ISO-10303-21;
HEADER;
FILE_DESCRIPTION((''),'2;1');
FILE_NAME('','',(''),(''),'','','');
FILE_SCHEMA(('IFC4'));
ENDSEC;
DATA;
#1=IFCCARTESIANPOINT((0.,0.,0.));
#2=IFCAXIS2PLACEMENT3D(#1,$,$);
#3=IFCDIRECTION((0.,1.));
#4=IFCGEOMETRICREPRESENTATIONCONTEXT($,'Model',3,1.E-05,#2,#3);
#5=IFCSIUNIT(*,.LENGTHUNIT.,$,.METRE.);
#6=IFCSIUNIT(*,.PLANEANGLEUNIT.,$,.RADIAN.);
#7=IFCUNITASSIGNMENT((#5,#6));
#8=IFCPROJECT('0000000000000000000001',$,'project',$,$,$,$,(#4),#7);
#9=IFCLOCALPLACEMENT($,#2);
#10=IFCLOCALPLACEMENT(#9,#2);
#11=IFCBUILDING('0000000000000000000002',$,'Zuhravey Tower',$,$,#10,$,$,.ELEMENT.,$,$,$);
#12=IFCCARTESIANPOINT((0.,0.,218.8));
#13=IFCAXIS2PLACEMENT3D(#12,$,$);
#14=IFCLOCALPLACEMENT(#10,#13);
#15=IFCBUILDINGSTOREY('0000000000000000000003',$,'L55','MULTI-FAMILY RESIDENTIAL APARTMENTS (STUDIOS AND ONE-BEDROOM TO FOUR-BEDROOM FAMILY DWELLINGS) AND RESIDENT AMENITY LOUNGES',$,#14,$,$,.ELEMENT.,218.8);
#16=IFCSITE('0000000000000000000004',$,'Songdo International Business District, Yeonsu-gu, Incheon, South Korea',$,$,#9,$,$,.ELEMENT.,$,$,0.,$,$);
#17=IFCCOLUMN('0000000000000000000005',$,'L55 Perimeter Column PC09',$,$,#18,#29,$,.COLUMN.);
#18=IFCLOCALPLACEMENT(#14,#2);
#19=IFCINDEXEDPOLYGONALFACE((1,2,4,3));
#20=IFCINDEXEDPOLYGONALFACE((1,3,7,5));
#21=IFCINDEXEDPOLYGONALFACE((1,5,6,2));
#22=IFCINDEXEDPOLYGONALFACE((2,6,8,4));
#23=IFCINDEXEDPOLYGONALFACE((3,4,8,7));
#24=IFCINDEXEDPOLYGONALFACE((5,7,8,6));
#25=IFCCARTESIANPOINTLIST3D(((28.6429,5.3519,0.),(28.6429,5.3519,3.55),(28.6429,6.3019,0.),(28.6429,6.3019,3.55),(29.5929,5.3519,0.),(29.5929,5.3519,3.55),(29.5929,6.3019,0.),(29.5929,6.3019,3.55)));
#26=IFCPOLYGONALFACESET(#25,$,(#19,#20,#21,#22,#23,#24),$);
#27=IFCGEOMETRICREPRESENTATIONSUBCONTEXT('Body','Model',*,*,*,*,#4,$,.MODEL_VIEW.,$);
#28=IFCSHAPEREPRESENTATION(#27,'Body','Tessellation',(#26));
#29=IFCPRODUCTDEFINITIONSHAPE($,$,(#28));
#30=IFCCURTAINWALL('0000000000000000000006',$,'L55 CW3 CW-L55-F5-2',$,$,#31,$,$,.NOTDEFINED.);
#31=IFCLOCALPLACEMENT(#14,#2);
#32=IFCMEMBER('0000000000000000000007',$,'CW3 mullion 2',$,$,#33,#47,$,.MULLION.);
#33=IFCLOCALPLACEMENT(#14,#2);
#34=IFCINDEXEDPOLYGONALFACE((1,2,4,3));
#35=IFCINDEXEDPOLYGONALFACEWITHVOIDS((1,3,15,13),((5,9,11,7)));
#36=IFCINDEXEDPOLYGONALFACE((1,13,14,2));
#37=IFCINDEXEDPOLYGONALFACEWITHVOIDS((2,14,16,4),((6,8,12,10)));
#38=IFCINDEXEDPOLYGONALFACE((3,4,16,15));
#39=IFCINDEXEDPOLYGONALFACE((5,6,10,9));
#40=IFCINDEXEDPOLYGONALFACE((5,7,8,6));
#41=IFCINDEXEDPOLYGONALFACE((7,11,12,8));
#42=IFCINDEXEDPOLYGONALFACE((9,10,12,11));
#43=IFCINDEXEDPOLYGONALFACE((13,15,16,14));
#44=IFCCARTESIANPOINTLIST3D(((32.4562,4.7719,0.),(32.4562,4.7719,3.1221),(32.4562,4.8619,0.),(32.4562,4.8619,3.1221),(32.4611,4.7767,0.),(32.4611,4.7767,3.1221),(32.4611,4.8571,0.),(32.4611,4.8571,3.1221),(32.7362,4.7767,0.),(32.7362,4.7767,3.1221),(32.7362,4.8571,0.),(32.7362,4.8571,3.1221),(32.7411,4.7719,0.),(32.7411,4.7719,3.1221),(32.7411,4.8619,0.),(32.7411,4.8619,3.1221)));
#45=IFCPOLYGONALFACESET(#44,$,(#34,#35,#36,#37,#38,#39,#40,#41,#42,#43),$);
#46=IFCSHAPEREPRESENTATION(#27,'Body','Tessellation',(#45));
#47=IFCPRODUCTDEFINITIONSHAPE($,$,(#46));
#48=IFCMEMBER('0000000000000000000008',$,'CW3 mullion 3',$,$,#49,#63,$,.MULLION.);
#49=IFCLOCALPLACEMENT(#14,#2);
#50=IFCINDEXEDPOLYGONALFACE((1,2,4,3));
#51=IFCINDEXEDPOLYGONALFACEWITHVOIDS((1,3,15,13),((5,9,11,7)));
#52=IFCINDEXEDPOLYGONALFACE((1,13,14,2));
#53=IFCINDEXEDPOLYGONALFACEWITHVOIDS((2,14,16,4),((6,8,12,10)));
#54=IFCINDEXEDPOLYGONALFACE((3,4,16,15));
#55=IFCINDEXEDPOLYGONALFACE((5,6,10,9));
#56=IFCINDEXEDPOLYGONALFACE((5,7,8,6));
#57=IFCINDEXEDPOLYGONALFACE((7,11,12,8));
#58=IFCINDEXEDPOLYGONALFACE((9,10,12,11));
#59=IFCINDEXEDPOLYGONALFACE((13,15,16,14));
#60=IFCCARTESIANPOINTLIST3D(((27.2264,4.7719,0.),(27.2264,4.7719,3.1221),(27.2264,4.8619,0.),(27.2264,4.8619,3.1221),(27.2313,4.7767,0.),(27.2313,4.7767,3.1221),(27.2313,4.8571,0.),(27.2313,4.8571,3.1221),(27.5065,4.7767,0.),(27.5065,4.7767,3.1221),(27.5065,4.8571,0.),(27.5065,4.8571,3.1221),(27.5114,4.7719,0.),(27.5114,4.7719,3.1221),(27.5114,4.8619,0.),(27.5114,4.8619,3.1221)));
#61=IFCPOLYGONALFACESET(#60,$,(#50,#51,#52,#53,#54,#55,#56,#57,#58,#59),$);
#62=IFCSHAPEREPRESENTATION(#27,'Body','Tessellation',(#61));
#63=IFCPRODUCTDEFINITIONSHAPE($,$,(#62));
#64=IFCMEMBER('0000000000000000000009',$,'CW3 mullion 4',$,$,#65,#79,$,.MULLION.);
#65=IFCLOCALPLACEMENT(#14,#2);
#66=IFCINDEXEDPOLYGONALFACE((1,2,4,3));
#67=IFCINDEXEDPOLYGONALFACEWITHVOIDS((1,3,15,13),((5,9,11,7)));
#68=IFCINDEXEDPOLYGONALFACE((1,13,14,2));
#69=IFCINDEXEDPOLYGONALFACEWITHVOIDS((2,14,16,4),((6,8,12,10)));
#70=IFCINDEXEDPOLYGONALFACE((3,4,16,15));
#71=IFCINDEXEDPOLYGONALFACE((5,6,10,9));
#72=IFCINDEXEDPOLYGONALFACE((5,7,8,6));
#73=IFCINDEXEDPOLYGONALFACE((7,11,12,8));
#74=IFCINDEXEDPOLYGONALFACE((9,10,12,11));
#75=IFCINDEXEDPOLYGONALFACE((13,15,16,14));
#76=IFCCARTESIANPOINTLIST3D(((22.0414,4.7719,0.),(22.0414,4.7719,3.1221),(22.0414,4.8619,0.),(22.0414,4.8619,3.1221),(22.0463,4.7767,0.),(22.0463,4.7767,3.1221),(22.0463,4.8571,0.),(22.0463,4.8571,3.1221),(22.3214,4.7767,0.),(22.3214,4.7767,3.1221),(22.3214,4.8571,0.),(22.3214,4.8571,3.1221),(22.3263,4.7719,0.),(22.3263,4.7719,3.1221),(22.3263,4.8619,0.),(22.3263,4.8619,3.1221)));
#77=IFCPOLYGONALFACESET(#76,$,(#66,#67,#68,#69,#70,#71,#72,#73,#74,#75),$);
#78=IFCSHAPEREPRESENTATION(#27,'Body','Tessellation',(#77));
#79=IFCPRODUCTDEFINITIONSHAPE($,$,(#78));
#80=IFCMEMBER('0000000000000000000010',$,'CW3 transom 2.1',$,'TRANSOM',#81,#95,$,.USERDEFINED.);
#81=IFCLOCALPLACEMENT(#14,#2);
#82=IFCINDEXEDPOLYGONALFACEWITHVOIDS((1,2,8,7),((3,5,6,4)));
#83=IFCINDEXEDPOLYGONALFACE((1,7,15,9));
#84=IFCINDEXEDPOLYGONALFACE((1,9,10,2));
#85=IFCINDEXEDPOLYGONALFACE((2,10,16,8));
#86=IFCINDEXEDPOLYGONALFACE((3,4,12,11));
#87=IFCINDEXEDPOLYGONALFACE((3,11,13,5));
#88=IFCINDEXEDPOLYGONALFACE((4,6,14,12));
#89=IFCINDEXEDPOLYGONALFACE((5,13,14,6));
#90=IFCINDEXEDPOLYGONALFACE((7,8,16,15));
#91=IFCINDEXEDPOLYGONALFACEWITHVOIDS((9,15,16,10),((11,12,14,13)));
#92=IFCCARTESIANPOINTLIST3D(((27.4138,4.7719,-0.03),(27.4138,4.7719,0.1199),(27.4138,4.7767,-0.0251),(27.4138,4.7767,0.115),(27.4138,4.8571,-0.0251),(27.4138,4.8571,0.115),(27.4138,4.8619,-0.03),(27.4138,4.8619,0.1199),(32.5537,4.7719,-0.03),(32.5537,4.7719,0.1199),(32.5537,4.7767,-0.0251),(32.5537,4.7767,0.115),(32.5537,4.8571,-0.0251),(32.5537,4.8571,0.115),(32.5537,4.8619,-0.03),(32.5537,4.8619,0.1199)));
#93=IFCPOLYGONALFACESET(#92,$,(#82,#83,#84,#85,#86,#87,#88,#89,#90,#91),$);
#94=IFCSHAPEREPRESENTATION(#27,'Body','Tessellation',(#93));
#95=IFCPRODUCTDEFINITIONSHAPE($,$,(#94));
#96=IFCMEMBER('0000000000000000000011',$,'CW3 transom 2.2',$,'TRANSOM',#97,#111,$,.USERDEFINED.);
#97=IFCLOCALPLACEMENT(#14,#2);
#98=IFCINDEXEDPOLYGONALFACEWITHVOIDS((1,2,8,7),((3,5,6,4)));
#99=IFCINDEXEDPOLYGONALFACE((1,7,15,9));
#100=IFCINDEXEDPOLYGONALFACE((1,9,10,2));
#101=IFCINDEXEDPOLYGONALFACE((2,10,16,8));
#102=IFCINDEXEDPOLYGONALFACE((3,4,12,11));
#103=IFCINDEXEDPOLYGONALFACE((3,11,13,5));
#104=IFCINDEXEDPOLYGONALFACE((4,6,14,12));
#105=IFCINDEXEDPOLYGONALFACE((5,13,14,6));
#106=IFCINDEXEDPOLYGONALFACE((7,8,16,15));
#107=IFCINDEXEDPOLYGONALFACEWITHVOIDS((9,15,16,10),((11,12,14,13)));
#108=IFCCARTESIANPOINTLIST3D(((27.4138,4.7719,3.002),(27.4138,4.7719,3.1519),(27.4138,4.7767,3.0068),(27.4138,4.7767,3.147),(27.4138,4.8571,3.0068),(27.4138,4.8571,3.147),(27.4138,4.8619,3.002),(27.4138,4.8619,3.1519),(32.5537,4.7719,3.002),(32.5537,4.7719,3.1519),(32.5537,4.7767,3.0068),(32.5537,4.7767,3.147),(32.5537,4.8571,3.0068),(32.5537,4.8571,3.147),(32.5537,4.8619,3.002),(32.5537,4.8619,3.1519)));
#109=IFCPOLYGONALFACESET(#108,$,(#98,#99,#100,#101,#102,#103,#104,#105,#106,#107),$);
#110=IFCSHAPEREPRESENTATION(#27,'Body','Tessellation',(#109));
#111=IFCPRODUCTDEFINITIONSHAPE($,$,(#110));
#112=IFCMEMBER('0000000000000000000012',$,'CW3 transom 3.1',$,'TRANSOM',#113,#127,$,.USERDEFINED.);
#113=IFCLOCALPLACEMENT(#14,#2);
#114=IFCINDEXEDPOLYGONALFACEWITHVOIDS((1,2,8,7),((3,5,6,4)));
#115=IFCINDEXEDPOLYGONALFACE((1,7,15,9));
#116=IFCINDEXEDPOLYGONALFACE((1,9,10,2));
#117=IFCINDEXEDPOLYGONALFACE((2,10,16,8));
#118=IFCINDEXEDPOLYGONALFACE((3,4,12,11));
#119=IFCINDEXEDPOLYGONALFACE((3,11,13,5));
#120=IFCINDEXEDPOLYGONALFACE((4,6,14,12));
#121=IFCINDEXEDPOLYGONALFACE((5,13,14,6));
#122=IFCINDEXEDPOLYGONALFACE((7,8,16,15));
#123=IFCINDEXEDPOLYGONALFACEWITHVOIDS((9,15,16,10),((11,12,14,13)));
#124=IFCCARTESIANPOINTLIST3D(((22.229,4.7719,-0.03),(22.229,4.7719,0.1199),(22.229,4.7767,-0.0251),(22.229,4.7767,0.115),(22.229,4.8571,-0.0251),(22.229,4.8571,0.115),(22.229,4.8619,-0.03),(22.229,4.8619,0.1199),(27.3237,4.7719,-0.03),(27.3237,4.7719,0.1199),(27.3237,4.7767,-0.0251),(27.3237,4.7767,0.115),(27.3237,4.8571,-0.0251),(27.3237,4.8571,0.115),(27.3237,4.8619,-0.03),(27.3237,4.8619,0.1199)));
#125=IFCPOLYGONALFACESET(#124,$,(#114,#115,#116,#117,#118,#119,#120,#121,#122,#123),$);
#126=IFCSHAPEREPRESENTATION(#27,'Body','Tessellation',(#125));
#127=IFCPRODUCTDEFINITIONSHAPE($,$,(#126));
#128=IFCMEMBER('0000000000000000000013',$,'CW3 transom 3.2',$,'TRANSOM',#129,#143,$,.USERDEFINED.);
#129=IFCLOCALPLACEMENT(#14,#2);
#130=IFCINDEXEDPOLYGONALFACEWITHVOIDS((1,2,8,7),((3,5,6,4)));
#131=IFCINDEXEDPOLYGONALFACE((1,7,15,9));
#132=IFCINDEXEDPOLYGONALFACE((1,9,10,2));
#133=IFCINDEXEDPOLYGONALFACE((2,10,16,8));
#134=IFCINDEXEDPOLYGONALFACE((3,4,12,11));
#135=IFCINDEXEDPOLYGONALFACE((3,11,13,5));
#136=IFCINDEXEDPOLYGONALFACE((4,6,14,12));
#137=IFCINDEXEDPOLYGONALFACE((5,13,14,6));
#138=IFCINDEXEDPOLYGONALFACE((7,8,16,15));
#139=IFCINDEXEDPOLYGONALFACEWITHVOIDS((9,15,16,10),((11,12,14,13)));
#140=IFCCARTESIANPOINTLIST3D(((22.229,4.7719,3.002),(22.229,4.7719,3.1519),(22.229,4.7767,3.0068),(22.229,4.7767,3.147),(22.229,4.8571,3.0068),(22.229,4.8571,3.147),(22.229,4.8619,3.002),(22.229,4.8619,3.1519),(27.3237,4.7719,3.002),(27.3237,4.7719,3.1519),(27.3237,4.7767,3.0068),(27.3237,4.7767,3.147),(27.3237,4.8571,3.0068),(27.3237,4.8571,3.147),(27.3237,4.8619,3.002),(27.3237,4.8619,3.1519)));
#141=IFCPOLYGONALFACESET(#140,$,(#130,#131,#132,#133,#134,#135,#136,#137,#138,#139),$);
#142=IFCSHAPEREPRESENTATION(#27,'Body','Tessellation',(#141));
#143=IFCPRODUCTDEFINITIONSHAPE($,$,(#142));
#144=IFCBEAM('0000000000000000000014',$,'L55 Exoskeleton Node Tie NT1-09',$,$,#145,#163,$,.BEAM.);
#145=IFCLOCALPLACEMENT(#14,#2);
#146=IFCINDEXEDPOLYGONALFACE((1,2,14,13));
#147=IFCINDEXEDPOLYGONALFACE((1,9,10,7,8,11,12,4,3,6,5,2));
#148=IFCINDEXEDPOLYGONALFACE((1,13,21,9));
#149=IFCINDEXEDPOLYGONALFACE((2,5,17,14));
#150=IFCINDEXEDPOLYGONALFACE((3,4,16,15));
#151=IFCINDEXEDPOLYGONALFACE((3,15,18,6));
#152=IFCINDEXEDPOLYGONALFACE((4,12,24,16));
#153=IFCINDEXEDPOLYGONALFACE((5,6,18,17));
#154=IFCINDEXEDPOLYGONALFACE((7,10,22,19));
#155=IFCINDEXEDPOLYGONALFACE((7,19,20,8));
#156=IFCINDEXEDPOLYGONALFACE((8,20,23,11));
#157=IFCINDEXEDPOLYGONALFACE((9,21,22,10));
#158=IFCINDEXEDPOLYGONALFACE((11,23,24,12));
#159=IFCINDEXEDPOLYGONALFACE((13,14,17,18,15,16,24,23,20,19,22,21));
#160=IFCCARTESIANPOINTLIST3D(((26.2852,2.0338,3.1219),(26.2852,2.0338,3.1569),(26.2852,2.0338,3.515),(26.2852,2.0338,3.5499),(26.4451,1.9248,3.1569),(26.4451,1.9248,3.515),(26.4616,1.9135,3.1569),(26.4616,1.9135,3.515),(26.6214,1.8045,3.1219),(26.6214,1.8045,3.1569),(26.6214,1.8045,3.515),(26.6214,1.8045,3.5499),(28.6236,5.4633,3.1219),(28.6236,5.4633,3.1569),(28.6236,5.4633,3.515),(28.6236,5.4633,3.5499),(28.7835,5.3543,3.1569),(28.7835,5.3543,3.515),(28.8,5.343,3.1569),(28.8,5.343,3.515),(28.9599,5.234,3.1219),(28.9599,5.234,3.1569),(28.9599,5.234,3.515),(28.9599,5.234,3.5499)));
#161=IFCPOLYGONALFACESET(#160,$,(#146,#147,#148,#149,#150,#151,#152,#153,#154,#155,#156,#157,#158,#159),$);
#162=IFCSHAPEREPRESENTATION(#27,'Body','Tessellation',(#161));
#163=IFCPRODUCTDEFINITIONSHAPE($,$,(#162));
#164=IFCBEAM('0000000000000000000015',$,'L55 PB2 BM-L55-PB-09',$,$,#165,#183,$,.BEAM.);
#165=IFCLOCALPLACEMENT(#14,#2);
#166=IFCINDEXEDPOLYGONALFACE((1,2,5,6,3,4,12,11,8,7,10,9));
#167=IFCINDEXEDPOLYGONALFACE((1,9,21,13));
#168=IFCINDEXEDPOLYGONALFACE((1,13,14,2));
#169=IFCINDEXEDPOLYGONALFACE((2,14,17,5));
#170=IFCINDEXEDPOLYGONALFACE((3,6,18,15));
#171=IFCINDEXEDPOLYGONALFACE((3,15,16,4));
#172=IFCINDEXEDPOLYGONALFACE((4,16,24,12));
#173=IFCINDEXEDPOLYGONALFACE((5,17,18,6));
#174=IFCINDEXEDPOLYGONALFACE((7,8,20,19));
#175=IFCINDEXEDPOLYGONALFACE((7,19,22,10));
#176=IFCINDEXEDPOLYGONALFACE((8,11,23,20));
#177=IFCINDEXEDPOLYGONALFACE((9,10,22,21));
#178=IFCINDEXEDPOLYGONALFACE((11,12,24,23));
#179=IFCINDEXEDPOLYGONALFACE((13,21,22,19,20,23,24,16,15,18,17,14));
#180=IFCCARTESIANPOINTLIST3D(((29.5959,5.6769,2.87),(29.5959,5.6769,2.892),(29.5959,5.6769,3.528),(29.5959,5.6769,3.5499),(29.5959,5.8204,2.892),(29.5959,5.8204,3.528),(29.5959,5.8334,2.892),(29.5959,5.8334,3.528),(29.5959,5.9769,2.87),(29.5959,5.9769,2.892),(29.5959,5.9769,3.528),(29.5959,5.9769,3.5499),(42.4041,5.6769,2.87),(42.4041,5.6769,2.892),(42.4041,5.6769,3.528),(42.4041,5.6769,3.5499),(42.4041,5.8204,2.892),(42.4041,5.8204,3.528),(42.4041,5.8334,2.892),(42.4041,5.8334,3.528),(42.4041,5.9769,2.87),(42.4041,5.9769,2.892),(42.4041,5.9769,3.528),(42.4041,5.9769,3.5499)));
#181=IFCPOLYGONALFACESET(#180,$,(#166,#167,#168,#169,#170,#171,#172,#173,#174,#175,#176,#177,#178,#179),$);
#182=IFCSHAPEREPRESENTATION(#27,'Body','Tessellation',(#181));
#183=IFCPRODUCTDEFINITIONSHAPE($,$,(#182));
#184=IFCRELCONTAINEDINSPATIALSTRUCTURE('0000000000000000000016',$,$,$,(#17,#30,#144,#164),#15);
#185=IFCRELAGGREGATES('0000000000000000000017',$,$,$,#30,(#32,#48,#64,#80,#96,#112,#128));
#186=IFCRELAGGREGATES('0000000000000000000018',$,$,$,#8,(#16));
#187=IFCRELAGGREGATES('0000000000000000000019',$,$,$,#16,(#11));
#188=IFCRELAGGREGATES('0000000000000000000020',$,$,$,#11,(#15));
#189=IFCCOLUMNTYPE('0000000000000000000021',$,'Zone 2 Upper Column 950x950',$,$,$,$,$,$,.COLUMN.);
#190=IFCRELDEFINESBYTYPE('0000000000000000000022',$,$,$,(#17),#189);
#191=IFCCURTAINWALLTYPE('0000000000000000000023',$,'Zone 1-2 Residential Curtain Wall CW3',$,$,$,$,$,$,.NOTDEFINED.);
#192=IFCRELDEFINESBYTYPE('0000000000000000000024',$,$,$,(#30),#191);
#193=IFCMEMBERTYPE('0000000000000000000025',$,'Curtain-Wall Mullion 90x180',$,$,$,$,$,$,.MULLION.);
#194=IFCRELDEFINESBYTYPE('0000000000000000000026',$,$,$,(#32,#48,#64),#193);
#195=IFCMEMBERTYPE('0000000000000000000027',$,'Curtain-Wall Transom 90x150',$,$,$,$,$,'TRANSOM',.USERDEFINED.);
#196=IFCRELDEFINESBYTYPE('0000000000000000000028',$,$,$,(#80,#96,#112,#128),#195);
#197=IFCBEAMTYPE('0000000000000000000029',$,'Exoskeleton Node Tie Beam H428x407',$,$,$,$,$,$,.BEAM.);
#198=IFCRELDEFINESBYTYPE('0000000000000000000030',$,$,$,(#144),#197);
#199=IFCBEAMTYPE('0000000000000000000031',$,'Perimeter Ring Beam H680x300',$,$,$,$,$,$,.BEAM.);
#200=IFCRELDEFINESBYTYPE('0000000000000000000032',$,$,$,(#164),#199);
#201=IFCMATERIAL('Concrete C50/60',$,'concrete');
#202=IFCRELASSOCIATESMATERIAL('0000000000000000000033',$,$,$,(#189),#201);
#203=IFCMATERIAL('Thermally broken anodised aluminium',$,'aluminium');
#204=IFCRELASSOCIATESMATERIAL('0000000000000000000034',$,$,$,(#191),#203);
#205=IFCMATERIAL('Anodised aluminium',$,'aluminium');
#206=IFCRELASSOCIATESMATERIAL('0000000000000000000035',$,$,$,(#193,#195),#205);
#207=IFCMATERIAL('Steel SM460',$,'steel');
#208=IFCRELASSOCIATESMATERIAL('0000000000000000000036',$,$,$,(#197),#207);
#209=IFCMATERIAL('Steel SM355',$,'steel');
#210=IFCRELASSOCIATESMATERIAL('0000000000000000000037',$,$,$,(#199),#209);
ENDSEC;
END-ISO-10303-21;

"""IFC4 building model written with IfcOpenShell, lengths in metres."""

from ifc_helpers import new_model, si_unit, direction, frame, origin, origin_2d, place, context, subcontext, project, spatial, rectangle, hollow_rectangle, i_section, extrude, material, material_profile, profile_set, type_object, element, aggregate, save


model = new_model("IFC4")

# Units and contexts
model_context = context("Model", 3, precision=1e-05, world=origin(), true_north=direction((0.0, 1.0)))
body_context = subcontext(model_context, "Body", "Model", "MODEL_VIEW")
ifc_project = project(units=[si_unit("LENGTHUNIT", "METRE"), si_unit("PLANEANGLEUNIT", "RADIAN")], contexts=[model_context])

# Site, building, storey
site_placement = place(None, origin())
site = spatial("IfcSite", under=ifc_project, at=site_placement, Name="Songdo International Business District, Yeonsu-gu, Incheon, South Korea", CompositionType="ELEMENT", RefElevation=0.0)
building_placement = place(site_placement, origin())
building = spatial("IfcBuilding", under=site, at=building_placement, Name="Zuhravey Tower", CompositionType="ELEMENT")
storey_placement = place(building_placement, frame((0.0, 0.0, 218.8)))
storey = spatial("IfcBuildingStorey", under=building, at=storey_placement, Name="L55", Description="MULTI-FAMILY RESIDENTIAL APARTMENTS (STUDIOS AND ONE-BEDROOM TO FOUR-BEDROOM FAMILY DWELLINGS) AND RESIDENT AMENITY LOUNGES", CompositionType="ELEMENT", Elevation=218.8)

# Column
ifc_material_1 = material(Name="Concrete C50/60", Category="concrete")
ifc_material_profile_1 = material_profile(ifc_material_1, rectangle(XDim=0.95, YDim=0.95, at=origin_2d()), Name="RC-950x950")
ifc_profile_set_1 = profile_set([ifc_material_profile_1], Name="Concrete C50/60")
column_type = type_object("IfcColumnType", Name="Zone 2 Upper Column 950x950", PredefinedType="COLUMN", material=ifc_profile_set_1)
column_placement = place(storey_placement, frame((29.1179, 5.8269, 0.0), z_axis=(0.0, 0.0, 1.0), x_axis=(1.0, 0.0, 0.0)))
element("IfcColumn", 1, at=column_placement, inside=storey, type_object=column_type, Name="L55 Perimeter Column PC09", PredefinedType="COLUMN", context=body_context, shape_type="SweptSolid", body=[
    extrude(rectangle(XDim=0.95, YDim=0.95, at=origin_2d()), origin(), (0.0, 0.0, 1.0), 3.55),
])

# Curtain wall, members
ifc_material_2 = material(Name="Thermally broken anodised aluminium", Category="aluminium")
curtain_wall_type = type_object("IfcCurtainWallType", Name="Zone 1-2 Residential Curtain Wall CW3", PredefinedType="NOTDEFINED", material=ifc_material_2)
curtain_wall_placement = place(storey_placement, origin())
curtain_wall = element("IfcCurtainWall", 2, at=curtain_wall_placement, inside=storey, type_object=curtain_wall_type, Name="L55 CW3 CW-L55-F5-2", PredefinedType="NOTDEFINED")
ifc_material_3 = material(Name="Anodised aluminium", Category="aluminium")
ifc_material_profile_2 = material_profile(ifc_material_3, hollow_rectangle(XDim=0.0901, YDim=0.2849, WallThickness=0.0049, at=origin_2d()), Name="ALU-RHS-90x285x5")
ifc_profile_set_2 = profile_set([ifc_material_profile_2], Name="Anodised aluminium")
member_type_1 = type_object("IfcMemberType", Name="Curtain-Wall Mullion 90x180", PredefinedType="MULLION", material=ifc_profile_set_2)
member_1_placement = place(storey_placement, frame((32.5986, 4.8169, 0.0), z_axis=(0.0, 0.0, 1.0), x_axis=(0.0, -1.0, 0.0)))
member_1 = element("IfcMember", 3, at=member_1_placement, type_object=member_type_1, Name="CW3 mullion 2", PredefinedType="MULLION", context=body_context, shape_type="SweptSolid", body=[
    extrude(hollow_rectangle(XDim=0.0901, YDim=0.2849, WallThickness=0.0049, at=origin_2d()), origin(), (0.0, 0.0, 1.0), 3.1221),
])
member_2_placement = place(storey_placement, frame((27.3689, 4.8169, 0.0), z_axis=(0.0, 0.0, 1.0), x_axis=(0.0, -1.0, 0.0)))
member_2 = element("IfcMember", 4, at=member_2_placement, type_object=member_type_1, Name="CW3 mullion 3", PredefinedType="MULLION", context=body_context, shape_type="SweptSolid", body=[
    extrude(hollow_rectangle(XDim=0.0901, YDim=0.2849, WallThickness=0.0049, at=origin_2d()), origin(), (0.0, 0.0, 1.0), 3.1221),
])
member_3_placement = place(storey_placement, frame((22.1838, 4.8169, 0.0), z_axis=(0.0, 0.0, 1.0), x_axis=(0.0, -1.0, 0.0)))
member_3 = element("IfcMember", 5, at=member_3_placement, type_object=member_type_1, Name="CW3 mullion 4", PredefinedType="MULLION", context=body_context, shape_type="SweptSolid", body=[
    extrude(hollow_rectangle(XDim=0.0901, YDim=0.2849, WallThickness=0.0049, at=origin_2d()), origin(), (0.0, 0.0, 1.0), 3.1221),
])
ifc_material_profile_3 = material_profile(ifc_material_3, hollow_rectangle(XDim=0.0901, YDim=0.1499, WallThickness=0.0049, at=origin_2d()), Name="ALU-RHS-90x150x5")
ifc_profile_set_3 = profile_set([ifc_material_profile_3], Name="Anodised aluminium")
member_type_2 = type_object("IfcMemberType", Name="Curtain-Wall Transom 90x150", ElementType="TRANSOM", PredefinedType="USERDEFINED", material=ifc_profile_set_3)
member_4_placement = place(storey_placement, frame((32.5537, 4.8169, 0.0449), z_axis=(-1.0, 0.0, 0.0), x_axis=(0.0, -1.0, 0.0)))
member_4 = element("IfcMember", 6, at=member_4_placement, type_object=member_type_2, Name="CW3 transom 2.1", ObjectType="TRANSOM", PredefinedType="USERDEFINED", context=body_context, shape_type="SweptSolid", body=[
    extrude(hollow_rectangle(XDim=0.0901, YDim=0.1499, WallThickness=0.0049, at=origin_2d()), origin(), (0.0, 0.0, 1.0), 5.1399),
])
member_5_placement = place(storey_placement, frame((32.5537, 4.8169, 3.0769), z_axis=(-1.0, 0.0, 0.0), x_axis=(0.0, -1.0, 0.0)))
member_5 = element("IfcMember", 7, at=member_5_placement, type_object=member_type_2, Name="CW3 transom 2.2", ObjectType="TRANSOM", PredefinedType="USERDEFINED", context=body_context, shape_type="SweptSolid", body=[
    extrude(hollow_rectangle(XDim=0.0901, YDim=0.1499, WallThickness=0.0049, at=origin_2d()), origin(), (0.0, 0.0, 1.0), 5.1399),
])
member_6_placement = place(storey_placement, frame((27.3237, 4.8169, 0.0449), z_axis=(-1.0, 0.0, 0.0), x_axis=(0.0, -1.0, 0.0)))
member_6 = element("IfcMember", 8, at=member_6_placement, type_object=member_type_2, Name="CW3 transom 3.1", ObjectType="TRANSOM", PredefinedType="USERDEFINED", context=body_context, shape_type="SweptSolid", body=[
    extrude(hollow_rectangle(XDim=0.0901, YDim=0.1499, WallThickness=0.0049, at=origin_2d()), origin(), (0.0, 0.0, 1.0), 5.0947),
])
member_7_placement = place(storey_placement, frame((27.3237, 4.8169, 3.0769), z_axis=(-1.0, 0.0, 0.0), x_axis=(0.0, -1.0, 0.0)))
member_7 = element("IfcMember", 9, at=member_7_placement, type_object=member_type_2, Name="CW3 transom 3.2", ObjectType="TRANSOM", PredefinedType="USERDEFINED", context=body_context, shape_type="SweptSolid", body=[
    extrude(hollow_rectangle(XDim=0.0901, YDim=0.1499, WallThickness=0.0049, at=origin_2d()), origin(), (0.0, 0.0, 1.0), 5.0947),
])

# Beams
ifc_material_4 = material(Name="Steel SM460", Category="steel")
ifc_material_profile_4 = material_profile(ifc_material_4, i_section(OverallWidth=0.407, OverallDepth=0.428, WebThickness=0.02, FlangeThickness=0.0349, at=origin_2d()), Name="H-428x407x20x35")
ifc_profile_set_4 = profile_set([ifc_material_profile_4], Name="Steel SM460")
beam_type_1 = type_object("IfcBeamType", Name="Exoskeleton Node Tie Beam H428x407", PredefinedType="BEAM", material=ifc_profile_set_4)
beam_1_placement = place(storey_placement, frame((28.7917, 5.3486, 3.3359), z_axis=(-0.563357, -0.826214, 0.0), x_axis=(0.826214, -0.563357, 0.0)))
element("IfcBeam", 10, at=beam_1_placement, inside=storey, type_object=beam_type_1, Name="L55 Exoskeleton Node Tie NT1-09", PredefinedType="BEAM", context=body_context, shape_type="SweptSolid", body=[
    extrude(i_section(OverallWidth=0.407, OverallDepth=0.428, WebThickness=0.02, FlangeThickness=0.0349, at=origin_2d()), origin(), (0.0, 0.0, 1.0), 4.1509),
])
ifc_material_5 = material(Name="Steel SM355", Category="steel")
ifc_material_profile_5 = material_profile(ifc_material_5, i_section(OverallWidth=0.3, OverallDepth=0.6799, WebThickness=0.0129, FlangeThickness=0.022, at=origin_2d()), Name="H-680x300x13x22")
ifc_profile_set_5 = profile_set([ifc_material_profile_5], Name="Steel SM355")
beam_type_2 = type_object("IfcBeamType", Name="Perimeter Ring Beam H680x300", PredefinedType="BEAM", material=ifc_profile_set_5)
beam_2_placement = place(storey_placement, frame((29.5959, 5.8269, 3.21), z_axis=(1.0, 0.0, 0.0), x_axis=(0.0, 1.0, 0.0)))
element("IfcBeam", 11, at=beam_2_placement, inside=storey, type_object=beam_type_2, Name="L55 PB2 BM-L55-PB-09", PredefinedType="BEAM", context=body_context, shape_type="SweptSolid", body=[
    extrude(i_section(OverallWidth=0.3, OverallDepth=0.6799, WebThickness=0.0129, FlangeThickness=0.022, at=origin_2d()), origin(), (0.0, 0.0, 1.0), 12.8081),
])

aggregate(curtain_wall, [member_1, member_2, member_3, member_4, member_5, member_6, member_7])

save(model, "model.ifc")
